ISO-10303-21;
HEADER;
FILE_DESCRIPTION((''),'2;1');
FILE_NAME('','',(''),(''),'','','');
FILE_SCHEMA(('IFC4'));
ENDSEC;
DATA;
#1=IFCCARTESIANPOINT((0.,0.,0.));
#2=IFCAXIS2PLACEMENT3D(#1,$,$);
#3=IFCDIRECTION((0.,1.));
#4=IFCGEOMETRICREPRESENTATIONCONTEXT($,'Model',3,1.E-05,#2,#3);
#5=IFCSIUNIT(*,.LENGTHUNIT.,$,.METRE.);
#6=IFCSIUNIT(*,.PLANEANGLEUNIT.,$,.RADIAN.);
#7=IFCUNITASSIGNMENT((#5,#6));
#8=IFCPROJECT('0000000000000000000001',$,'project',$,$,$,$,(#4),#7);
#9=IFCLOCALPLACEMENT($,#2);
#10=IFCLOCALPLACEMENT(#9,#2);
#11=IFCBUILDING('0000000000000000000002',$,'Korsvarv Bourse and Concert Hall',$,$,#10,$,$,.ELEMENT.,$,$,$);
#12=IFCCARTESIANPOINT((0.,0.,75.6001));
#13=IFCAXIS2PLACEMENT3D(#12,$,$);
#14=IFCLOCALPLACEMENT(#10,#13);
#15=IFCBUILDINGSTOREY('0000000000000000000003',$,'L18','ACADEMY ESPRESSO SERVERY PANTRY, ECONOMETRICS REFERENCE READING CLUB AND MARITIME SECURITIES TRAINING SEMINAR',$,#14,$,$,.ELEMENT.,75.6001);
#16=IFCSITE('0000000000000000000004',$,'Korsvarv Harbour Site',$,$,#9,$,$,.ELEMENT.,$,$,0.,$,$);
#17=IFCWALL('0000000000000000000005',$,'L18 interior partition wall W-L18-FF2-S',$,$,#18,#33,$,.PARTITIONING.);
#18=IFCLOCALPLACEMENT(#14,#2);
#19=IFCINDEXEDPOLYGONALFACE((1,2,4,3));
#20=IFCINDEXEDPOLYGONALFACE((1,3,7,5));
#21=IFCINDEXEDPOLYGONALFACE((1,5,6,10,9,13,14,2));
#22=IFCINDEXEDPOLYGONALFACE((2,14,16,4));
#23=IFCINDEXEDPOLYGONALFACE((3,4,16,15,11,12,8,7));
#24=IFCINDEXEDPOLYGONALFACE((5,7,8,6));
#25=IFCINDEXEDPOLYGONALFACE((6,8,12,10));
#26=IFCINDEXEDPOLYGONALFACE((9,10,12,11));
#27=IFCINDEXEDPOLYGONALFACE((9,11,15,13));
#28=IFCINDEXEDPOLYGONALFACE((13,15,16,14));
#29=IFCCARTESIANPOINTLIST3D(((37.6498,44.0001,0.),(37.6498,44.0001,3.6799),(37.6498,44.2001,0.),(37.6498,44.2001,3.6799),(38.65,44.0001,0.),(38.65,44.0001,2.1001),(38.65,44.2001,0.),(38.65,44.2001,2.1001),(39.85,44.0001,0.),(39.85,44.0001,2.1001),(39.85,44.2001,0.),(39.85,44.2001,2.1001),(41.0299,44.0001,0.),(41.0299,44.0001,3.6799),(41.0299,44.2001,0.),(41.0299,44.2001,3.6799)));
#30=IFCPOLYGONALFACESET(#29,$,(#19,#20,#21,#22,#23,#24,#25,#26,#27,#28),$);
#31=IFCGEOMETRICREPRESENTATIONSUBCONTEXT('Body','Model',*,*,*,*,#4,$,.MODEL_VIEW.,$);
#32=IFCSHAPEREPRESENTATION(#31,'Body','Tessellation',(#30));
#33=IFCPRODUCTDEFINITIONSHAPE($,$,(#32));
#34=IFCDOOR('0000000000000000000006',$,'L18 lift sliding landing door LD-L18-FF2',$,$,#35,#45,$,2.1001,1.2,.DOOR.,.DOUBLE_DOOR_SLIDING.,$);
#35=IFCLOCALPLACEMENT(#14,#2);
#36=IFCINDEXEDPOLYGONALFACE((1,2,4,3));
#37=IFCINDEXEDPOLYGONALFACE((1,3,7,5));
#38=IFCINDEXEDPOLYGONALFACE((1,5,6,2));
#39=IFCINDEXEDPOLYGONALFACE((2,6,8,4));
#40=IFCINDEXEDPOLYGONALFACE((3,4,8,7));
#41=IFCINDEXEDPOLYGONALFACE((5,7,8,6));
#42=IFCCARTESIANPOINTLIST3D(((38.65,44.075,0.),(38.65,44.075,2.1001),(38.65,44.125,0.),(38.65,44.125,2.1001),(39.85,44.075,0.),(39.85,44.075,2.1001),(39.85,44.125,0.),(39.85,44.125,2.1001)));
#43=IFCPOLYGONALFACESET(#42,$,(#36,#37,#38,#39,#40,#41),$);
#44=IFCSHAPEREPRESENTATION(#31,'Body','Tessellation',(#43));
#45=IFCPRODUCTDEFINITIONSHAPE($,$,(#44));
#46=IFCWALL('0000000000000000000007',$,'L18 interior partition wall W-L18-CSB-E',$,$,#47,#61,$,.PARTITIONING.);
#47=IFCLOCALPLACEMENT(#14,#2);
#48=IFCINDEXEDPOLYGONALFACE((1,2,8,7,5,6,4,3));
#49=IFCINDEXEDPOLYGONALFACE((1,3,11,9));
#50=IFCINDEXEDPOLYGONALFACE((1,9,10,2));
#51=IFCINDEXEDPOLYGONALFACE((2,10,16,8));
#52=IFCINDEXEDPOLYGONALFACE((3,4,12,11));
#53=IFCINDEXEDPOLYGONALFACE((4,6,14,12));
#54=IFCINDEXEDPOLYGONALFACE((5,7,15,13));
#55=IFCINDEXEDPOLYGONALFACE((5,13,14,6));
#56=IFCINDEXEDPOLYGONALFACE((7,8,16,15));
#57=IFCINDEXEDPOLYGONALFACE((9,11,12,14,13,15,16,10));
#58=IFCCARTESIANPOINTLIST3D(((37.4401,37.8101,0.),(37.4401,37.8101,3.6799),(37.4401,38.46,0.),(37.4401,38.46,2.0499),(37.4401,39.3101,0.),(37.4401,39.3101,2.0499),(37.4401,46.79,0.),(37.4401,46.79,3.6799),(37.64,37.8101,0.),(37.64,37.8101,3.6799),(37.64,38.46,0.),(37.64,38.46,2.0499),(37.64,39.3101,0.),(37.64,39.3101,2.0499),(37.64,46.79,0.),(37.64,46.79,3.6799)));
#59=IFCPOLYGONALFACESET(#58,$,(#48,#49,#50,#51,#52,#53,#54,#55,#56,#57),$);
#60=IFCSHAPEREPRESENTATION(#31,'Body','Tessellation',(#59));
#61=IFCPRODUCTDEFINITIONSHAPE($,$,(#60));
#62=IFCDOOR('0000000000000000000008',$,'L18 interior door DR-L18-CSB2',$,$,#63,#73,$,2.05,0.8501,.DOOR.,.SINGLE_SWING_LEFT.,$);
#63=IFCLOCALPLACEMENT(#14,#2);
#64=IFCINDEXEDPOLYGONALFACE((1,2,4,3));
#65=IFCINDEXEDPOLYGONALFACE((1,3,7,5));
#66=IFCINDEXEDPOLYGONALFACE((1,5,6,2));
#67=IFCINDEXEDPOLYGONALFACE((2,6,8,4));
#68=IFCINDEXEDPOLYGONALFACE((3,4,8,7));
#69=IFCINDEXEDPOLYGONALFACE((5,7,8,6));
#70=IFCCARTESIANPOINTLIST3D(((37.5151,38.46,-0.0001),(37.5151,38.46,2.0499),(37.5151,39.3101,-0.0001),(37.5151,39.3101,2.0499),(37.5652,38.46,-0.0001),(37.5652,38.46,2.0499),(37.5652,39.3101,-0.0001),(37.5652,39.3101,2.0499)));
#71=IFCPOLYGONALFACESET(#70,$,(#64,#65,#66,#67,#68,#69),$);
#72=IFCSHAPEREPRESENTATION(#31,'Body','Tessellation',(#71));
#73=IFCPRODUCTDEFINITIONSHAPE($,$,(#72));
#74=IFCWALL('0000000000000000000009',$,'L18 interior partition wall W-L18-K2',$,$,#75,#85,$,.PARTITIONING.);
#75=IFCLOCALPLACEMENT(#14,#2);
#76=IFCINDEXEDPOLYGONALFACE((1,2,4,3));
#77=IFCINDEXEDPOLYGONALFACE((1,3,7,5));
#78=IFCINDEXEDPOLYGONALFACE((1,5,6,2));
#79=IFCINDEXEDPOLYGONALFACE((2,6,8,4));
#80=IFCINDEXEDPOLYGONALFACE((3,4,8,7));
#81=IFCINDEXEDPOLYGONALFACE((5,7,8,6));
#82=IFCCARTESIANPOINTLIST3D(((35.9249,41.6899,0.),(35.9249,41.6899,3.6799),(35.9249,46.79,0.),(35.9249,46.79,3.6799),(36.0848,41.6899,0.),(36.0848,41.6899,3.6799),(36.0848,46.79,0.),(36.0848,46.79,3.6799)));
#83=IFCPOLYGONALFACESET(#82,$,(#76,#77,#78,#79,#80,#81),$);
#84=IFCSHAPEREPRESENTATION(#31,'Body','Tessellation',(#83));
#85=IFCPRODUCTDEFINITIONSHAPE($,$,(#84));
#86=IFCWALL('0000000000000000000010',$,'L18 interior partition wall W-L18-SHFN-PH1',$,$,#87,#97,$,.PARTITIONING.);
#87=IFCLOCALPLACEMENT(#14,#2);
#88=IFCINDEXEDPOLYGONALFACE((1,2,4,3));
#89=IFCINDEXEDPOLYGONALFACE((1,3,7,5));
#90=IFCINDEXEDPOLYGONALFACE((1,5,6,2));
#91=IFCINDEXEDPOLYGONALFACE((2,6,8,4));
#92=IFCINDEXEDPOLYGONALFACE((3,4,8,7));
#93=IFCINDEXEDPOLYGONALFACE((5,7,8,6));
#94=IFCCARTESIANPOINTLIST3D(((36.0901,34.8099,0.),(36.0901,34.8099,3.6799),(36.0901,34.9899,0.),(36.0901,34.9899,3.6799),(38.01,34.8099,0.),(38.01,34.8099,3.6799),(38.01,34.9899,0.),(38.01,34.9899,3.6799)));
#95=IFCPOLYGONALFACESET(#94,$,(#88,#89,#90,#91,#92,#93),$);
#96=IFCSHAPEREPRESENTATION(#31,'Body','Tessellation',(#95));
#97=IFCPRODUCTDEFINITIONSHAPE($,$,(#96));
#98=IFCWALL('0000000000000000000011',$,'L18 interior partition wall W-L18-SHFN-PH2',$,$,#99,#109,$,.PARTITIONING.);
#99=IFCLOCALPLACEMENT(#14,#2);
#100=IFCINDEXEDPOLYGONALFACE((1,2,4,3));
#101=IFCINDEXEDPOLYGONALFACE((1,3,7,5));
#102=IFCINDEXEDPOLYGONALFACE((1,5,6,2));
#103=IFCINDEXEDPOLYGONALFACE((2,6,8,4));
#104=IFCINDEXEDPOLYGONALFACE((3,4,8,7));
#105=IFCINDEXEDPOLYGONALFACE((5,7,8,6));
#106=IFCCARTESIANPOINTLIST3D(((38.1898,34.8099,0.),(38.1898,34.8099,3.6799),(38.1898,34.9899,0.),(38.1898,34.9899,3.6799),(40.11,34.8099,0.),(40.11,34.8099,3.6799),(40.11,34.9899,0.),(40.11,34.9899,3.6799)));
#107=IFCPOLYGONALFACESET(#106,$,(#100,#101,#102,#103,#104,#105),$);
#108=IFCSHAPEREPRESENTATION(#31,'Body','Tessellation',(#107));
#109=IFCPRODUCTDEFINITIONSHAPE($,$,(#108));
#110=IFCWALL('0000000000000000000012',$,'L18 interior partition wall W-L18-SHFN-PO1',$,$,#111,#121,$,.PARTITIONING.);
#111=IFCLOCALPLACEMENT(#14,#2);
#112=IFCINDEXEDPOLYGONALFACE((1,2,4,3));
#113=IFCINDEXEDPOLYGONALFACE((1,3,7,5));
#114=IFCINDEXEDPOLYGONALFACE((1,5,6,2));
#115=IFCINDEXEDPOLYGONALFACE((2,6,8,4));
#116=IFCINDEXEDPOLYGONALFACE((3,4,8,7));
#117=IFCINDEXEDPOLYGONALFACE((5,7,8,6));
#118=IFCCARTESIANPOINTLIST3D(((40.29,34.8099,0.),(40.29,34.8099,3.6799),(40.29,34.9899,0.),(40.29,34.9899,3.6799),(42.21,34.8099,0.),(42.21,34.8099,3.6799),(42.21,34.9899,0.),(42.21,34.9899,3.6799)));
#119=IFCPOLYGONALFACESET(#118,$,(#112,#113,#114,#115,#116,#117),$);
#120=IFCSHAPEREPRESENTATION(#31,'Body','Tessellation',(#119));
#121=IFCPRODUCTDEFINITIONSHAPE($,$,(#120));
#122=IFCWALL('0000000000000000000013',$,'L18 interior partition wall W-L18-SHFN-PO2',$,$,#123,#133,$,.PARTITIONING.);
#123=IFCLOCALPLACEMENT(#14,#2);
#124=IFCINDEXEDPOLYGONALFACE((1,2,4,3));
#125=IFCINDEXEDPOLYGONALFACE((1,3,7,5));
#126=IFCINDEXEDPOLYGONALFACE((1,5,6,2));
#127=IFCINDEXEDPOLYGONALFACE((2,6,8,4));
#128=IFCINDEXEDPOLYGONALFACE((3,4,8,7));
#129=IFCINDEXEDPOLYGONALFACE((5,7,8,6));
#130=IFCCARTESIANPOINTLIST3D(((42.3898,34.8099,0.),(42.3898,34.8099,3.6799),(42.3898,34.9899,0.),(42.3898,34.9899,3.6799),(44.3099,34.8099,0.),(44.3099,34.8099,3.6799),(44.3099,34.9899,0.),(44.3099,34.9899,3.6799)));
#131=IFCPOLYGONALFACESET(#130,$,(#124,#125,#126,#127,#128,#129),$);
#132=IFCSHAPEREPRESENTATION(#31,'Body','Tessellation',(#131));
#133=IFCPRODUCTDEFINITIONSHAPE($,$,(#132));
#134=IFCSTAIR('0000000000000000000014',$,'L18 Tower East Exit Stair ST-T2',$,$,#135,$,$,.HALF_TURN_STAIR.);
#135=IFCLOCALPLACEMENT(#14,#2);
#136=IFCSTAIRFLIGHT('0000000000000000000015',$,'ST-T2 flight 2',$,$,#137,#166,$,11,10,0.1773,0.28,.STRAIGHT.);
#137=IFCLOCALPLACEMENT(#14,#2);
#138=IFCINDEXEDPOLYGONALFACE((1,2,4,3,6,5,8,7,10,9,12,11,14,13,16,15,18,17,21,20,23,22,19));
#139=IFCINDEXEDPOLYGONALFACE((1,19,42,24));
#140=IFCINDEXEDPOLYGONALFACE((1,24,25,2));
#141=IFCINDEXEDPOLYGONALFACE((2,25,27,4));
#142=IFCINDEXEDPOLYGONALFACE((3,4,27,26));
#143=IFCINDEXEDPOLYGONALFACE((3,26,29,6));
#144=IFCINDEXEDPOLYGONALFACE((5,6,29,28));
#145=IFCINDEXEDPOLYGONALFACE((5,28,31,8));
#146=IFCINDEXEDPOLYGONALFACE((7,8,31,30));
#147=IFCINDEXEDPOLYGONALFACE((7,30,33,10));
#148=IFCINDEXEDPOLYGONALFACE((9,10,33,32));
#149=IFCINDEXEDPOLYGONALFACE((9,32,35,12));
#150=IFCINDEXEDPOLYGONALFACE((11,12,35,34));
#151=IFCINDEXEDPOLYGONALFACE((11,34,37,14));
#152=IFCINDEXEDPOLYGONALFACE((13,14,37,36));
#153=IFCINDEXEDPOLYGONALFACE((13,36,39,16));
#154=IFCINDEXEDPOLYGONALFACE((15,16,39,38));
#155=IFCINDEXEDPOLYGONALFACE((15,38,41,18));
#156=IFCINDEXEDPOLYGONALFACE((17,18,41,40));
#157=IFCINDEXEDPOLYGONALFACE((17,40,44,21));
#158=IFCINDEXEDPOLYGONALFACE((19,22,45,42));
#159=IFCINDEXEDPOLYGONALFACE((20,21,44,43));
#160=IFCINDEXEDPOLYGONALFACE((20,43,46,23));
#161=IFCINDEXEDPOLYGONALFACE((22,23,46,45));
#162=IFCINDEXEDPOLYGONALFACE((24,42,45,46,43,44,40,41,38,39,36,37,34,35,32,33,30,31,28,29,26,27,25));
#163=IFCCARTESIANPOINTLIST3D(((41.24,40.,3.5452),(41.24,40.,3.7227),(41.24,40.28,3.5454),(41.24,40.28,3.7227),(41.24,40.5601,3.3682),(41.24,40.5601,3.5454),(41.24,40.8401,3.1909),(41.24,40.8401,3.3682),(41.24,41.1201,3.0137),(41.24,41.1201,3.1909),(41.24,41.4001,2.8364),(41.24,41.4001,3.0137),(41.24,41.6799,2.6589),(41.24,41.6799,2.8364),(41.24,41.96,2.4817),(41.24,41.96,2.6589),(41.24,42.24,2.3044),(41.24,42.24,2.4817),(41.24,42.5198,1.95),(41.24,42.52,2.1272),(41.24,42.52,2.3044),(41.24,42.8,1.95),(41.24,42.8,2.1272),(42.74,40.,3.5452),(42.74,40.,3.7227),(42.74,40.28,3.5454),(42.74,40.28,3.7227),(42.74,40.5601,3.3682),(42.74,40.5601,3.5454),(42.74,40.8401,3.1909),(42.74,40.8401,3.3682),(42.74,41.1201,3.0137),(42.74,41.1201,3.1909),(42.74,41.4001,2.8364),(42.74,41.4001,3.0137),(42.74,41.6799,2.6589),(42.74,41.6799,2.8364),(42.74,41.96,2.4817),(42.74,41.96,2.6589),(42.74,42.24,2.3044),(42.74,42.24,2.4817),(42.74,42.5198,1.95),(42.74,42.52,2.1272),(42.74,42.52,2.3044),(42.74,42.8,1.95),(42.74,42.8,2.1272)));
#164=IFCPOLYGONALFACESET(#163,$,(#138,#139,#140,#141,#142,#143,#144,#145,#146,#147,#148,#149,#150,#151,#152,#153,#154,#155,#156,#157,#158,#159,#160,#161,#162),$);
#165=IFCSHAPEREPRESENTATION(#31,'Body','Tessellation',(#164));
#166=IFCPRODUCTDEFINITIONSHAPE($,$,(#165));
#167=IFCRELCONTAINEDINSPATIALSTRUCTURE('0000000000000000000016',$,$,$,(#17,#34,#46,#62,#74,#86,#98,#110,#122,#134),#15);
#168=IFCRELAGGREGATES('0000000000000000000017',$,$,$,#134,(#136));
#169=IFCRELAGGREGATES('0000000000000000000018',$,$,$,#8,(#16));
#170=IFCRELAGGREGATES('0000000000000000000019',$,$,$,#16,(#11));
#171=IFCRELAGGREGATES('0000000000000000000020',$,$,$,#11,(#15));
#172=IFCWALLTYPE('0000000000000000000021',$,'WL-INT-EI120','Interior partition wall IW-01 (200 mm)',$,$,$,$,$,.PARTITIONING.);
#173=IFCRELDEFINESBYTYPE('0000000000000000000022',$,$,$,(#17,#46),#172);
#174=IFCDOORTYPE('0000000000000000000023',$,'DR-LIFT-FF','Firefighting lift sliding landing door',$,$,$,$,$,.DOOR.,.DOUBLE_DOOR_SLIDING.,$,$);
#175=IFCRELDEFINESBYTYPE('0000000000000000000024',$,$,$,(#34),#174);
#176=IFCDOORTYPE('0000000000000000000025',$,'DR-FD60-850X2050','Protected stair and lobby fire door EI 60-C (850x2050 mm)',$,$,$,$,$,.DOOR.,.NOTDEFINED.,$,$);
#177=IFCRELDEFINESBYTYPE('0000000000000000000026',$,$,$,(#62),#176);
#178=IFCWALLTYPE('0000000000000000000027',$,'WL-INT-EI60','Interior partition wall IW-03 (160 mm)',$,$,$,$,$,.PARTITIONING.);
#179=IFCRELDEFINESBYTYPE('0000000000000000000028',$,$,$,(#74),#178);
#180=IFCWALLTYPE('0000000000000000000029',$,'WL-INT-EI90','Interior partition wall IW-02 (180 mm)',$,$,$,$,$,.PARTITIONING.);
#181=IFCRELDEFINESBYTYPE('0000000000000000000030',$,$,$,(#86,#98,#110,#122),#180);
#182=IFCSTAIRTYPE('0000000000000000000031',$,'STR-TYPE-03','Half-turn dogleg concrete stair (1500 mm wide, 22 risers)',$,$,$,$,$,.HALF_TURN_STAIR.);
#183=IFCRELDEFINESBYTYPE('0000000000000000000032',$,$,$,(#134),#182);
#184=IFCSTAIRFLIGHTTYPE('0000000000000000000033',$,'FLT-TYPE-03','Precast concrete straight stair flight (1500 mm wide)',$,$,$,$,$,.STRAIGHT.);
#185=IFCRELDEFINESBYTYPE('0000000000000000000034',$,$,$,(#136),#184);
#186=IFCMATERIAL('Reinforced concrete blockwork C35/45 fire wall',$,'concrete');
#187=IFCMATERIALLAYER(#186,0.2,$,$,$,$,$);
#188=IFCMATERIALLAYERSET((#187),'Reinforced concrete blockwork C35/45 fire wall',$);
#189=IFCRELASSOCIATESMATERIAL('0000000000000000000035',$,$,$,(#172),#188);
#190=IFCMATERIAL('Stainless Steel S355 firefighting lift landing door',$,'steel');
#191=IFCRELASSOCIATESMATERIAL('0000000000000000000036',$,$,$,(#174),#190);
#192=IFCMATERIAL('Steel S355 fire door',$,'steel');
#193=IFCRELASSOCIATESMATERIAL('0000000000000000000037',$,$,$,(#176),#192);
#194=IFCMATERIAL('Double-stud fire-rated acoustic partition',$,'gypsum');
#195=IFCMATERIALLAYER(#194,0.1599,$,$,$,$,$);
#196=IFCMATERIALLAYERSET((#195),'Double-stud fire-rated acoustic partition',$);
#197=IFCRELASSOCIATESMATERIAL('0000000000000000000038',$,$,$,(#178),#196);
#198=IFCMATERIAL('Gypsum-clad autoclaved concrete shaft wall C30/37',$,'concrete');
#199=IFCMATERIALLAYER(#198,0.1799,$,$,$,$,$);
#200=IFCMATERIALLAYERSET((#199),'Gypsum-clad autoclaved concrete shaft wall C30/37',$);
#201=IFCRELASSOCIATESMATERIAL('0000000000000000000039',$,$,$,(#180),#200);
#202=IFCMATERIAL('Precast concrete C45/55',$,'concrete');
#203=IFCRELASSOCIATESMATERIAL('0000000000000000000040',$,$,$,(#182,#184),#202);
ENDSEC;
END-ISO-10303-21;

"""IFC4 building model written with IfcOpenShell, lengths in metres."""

from ifc_helpers import new_model, si_unit, direction, frame, frame_2d, origin, place, context, subcontext, project, spatial, polyline, rectangle, outline, extrude, material, layer, layer_set, type_object, element, fill, aggregate, save


model = new_model("IFC4")

# Units and contexts
model_context = context("Model", 3, precision=1e-05, world=origin(), true_north=direction((0.0, 1.0)))
body_context = subcontext(model_context, "Body", "Model", "MODEL_VIEW")
ifc_project = project(units=[si_unit("LENGTHUNIT", "METRE"), si_unit("PLANEANGLEUNIT", "RADIAN")], contexts=[model_context])

# Site, building, storey
site_placement = place(None, origin())
site = spatial("IfcSite", under=ifc_project, at=site_placement, Name="Korsvarv Harbour Site", CompositionType="ELEMENT", RefElevation=0.0)
building_placement = place(site_placement, origin())
building = spatial("IfcBuilding", under=site, at=building_placement, Name="Korsvarv Bourse and Concert Hall", CompositionType="ELEMENT")
storey_placement = place(building_placement, frame((0.0, 0.0, 75.6001)))
storey = spatial("IfcBuildingStorey", under=building, at=storey_placement, Name="L18", Description="ACADEMY ESPRESSO SERVERY PANTRY, ECONOMETRICS REFERENCE READING CLUB AND MARITIME SECURITIES TRAINING SEMINAR", CompositionType="ELEMENT", Elevation=75.6001)

# Shared definitions
ifc_material_1 = material(Name="Steel S355 fire door", Category="steel")

# Walls, openings, doors
ifc_material_2 = material(Name="Reinforced concrete blockwork C35/45 fire wall", Category="concrete")
ifc_layer_1 = layer(ifc_material_2, 0.2)
ifc_layer_set_1 = layer_set([ifc_layer_1], Name="Reinforced concrete blockwork C35/45 fire wall")
wall_type_1 = type_object("IfcWallType", Name="WL-INT-EI120", Description="Interior partition wall IW-01 (200 mm)", PredefinedType="PARTITIONING", material=ifc_layer_set_1)
wall_1_placement = place(storey_placement, frame((37.6499, 44.1001, 0.0), z_axis=(0.0, 0.0, 1.0), x_axis=(1.0, 0.0, 0.0)))
wall_1 = element("IfcWall", 1, at=wall_1_placement, inside=storey, type_object=wall_type_1, Name="L18 interior partition wall W-L18-FF2-S", PredefinedType="PARTITIONING", context=body_context, shape_type="SweptSolid", body=[
    extrude(rectangle(XDim=3.3801, YDim=0.2, at=frame_2d((1.6899, 0.0))), origin(), (0.0, 0.0, 1.0), 3.6799),
])
opening_1_placement = place(wall_1_placement, frame((1.0, 0.0, 0.0)))
opening_1 = element("IfcOpeningElement", 2, at=opening_1_placement, cuts=wall_1, PredefinedType="OPENING", context=body_context, shape_type="SweptSolid", body=[
    extrude(rectangle(XDim=1.2, YDim=2.1001, at=frame_2d((0.6001, 1.05))), frame((0.0, 0.1099, 0.0), z_axis=(0.0, -1.0, 0.0), x_axis=(1.0, 0.0, 0.0)), (0.0, 0.0, 1.0), 0.22),
])
ifc_material_3 = material(Name="Stainless Steel S355 firefighting lift landing door", Category="steel")
door_type_1 = type_object("IfcDoorType", Name="DR-LIFT-FF", Description="Firefighting lift sliding landing door", OperationType="DOUBLE_DOOR_SLIDING", PredefinedType="DOOR", material=ifc_material_3)
door_1_placement = place(opening_1_placement, origin())
door_1 = element("IfcDoor", 3, at=door_1_placement, inside=storey, type_object=door_type_1, Name="L18 lift sliding landing door LD-L18-FF2", OperationType="DOUBLE_DOOR_SLIDING", OverallHeight=2.1001, OverallWidth=1.2, PredefinedType="DOOR", context=body_context, shape_type="SweptSolid", body=[
    extrude(rectangle(XDim=1.2, YDim=2.1001, at=frame_2d((0.6001, 1.05))), frame((0.0, 0.0249, 0.0), z_axis=(0.0, -1.0, 0.0), x_axis=(1.0, 0.0, 0.0)), (0.0, 0.0, 1.0), 0.05),
])
fill(opening_1, door_1)
wall_2_placement = place(storey_placement, frame((37.54, 37.8101, 0.0), z_axis=(0.0, 0.0, 1.0), x_axis=(0.0, 1.0, 0.0)))
wall_2 = element("IfcWall", 4, at=wall_2_placement, inside=storey, type_object=wall_type_1, Name="L18 interior partition wall W-L18-CSB-E", PredefinedType="PARTITIONING", context=body_context, shape_type="SweptSolid", body=[
    extrude(rectangle(XDim=8.98, YDim=0.2, at=frame_2d((4.49, 0.0))), origin(), (0.0, 0.0, 1.0), 3.6799),
])
opening_2_placement = place(wall_2_placement, frame((0.6499, 0.0, 0.0)))
opening_2 = element("IfcOpeningElement", 5, at=opening_2_placement, cuts=wall_2, PredefinedType="OPENING", context=body_context, shape_type="SweptSolid", body=[
    extrude(rectangle(XDim=0.8501, YDim=2.05, at=frame_2d((0.425, 1.0249))), frame((0.0, 0.1099, 0.0), z_axis=(0.0, -1.0, 0.0), x_axis=(1.0, 0.0, 0.0)), (0.0, 0.0, 1.0), 0.22),
])
door_type_2 = type_object("IfcDoorType", Name="DR-FD60-850X2050", Description="Protected stair and lobby fire door EI 60-C (850x2050 mm)", OperationType="NOTDEFINED", PredefinedType="DOOR", material=ifc_material_1)
door_2_placement = place(opening_2_placement, origin())
door_2 = element("IfcDoor", 6, at=door_2_placement, inside=storey, type_object=door_type_2, Name="L18 interior door DR-L18-CSB2", OperationType="SINGLE_SWING_LEFT", OverallHeight=2.05, OverallWidth=0.8501, PredefinedType="DOOR", context=body_context, shape_type="SweptSolid", body=[
    extrude(rectangle(XDim=0.8501, YDim=2.05, at=frame_2d((0.425, 1.0249))), frame((0.0, 0.0249, 0.0), z_axis=(0.0, -1.0, 0.0), x_axis=(1.0, 0.0, 0.0)), (0.0, 0.0, 1.0), 0.05),
])
fill(opening_2, door_2)

# Walls
ifc_material_4 = material(Name="Double-stud fire-rated acoustic partition", Category="gypsum")
ifc_layer_2 = layer(ifc_material_4, 0.1599)
ifc_layer_set_2 = layer_set([ifc_layer_2], Name="Double-stud fire-rated acoustic partition")
wall_type_2 = type_object("IfcWallType", Name="WL-INT-EI60", Description="Interior partition wall IW-03 (160 mm)", PredefinedType="PARTITIONING", material=ifc_layer_set_2)
wall_3_placement = place(storey_placement, frame((36.0049, 41.6899, 0.0), z_axis=(0.0, 0.0, 1.0), x_axis=(0.0, 1.0, 0.0)))
element("IfcWall", 7, at=wall_3_placement, inside=storey, type_object=wall_type_2, Name="L18 interior partition wall W-L18-K2", PredefinedType="PARTITIONING", context=body_context, shape_type="SweptSolid", body=[
    extrude(rectangle(XDim=5.1001, YDim=0.1599, at=frame_2d((2.55, 0.0))), origin(), (0.0, 0.0, 1.0), 3.6799),
])
ifc_material_5 = material(Name="Gypsum-clad autoclaved concrete shaft wall C30/37", Category="concrete")
ifc_layer_3 = layer(ifc_material_5, 0.1799)
ifc_layer_set_3 = layer_set([ifc_layer_3], Name="Gypsum-clad autoclaved concrete shaft wall C30/37")
wall_type_3 = type_object("IfcWallType", Name="WL-INT-EI90", Description="Interior partition wall IW-02 (180 mm)", PredefinedType="PARTITIONING", material=ifc_layer_set_3)
wall_4_placement = place(storey_placement, frame((36.0901, 34.8999, 0.0), z_axis=(0.0, 0.0, 1.0), x_axis=(1.0, 0.0, 0.0)))
element("IfcWall", 8, at=wall_4_placement, inside=storey, type_object=wall_type_3, Name="L18 interior partition wall W-L18-SHFN-PH1", PredefinedType="PARTITIONING", context=body_context, shape_type="SweptSolid", body=[
    extrude(rectangle(XDim=1.9199, YDim=0.1799, at=frame_2d((0.96, 0.0))), origin(), (0.0, 0.0, 1.0), 3.6799),
])
wall_5_placement = place(storey_placement, frame((38.1899, 34.8999, 0.0), z_axis=(0.0, 0.0, 1.0), x_axis=(1.0, 0.0, 0.0)))
element("IfcWall", 9, at=wall_5_placement, inside=storey, type_object=wall_type_3, Name="L18 interior partition wall W-L18-SHFN-PH2", PredefinedType="PARTITIONING", context=body_context, shape_type="SweptSolid", body=[
    extrude(rectangle(XDim=1.9202, YDim=0.1799, at=frame_2d((0.96, 0.0))), origin(), (0.0, 0.0, 1.0), 3.6799),
])
wall_6_placement = place(storey_placement, frame((40.29, 34.8999, 0.0), z_axis=(0.0, 0.0, 1.0), x_axis=(1.0, 0.0, 0.0)))
element("IfcWall", 10, at=wall_6_placement, inside=storey, type_object=wall_type_3, Name="L18 interior partition wall W-L18-SHFN-PO1", PredefinedType="PARTITIONING", context=body_context, shape_type="SweptSolid", body=[
    extrude(rectangle(XDim=1.9199, YDim=0.1799, at=frame_2d((0.96, 0.0))), origin(), (0.0, 0.0, 1.0), 3.6799),
])
wall_7_placement = place(storey_placement, frame((42.3899, 34.8999, 0.0), z_axis=(0.0, 0.0, 1.0), x_axis=(1.0, 0.0, 0.0)))
element("IfcWall", 11, at=wall_7_placement, inside=storey, type_object=wall_type_3, Name="L18 interior partition wall W-L18-SHFN-PO2", PredefinedType="PARTITIONING", context=body_context, shape_type="SweptSolid", body=[
    extrude(rectangle(XDim=1.9202, YDim=0.1799, at=frame_2d((0.96, 0.0))), origin(), (0.0, 0.0, 1.0), 3.6799),
])

# Stair, stair flight
ifc_material_6 = material(Name="Precast concrete C45/55", Category="concrete")
stair_type = type_object("IfcStairType", Name="STR-TYPE-03", Description="Half-turn dogleg concrete stair (1500 mm wide, 22 risers)", PredefinedType="HALF_TURN_STAIR", material=ifc_material_6)
stair_placement = place(storey_placement, origin())
stair = element("IfcStair", 12, at=stair_placement, inside=storey, type_object=stair_type, Name="L18 Tower East Exit Stair ST-T2", PredefinedType="HALF_TURN_STAIR")
stair_flight_type = type_object("IfcStairFlightType", Name="FLT-TYPE-03", Description="Precast concrete straight stair flight (1500 mm wide)", PredefinedType="STRAIGHT", material=ifc_material_6)
stair_flight_placement = place(storey_placement, frame((41.99, 42.8, 1.95), z_axis=(0.0, 0.0, 1.0), x_axis=(0.0, -1.0, 0.0)))
stair_flight = element("IfcStairFlight", 13, at=stair_flight_placement, type_object=stair_flight_type, Name="ST-T2 flight 2", NumberOfRisers=11, NumberOfTreads=10, PredefinedType="STRAIGHT", RiserHeight=0.1773, TreadLength=0.28, context=body_context, shape_type="SweptSolid", body=[
    extrude(outline(polyline([(0.0, 0.0), (0.0, 0.1772), (0.28, 0.1772), (0.28, 0.3545), (0.5601, 0.3545), (0.5601, 0.5317), (0.8401, 0.5317), (0.8401, 0.709), (1.1201, 0.709), (1.1201, 0.8865), (1.3999, 0.8865), (1.3999, 1.0637), (1.6799, 1.0637), (1.6799, 1.241), (1.96, 1.241), (1.96, 1.4182), (2.24, 1.4182), (2.24, 1.5955), (2.52, 1.5955), (2.52, 1.7727), (2.8, 1.7727), (2.8, 1.95), (2.8, 1.5952), (0.2803, 0.0), (0.0, 0.0)])), frame((0.0, 0.75, 0.0), z_axis=(0.0, -1.0, 0.0), x_axis=(1.0, 0.0, 0.0)), (0.0, 0.0, 1.0), 1.5),
])
aggregate(stair, [stair_flight])

save(model, "model.ifc")
